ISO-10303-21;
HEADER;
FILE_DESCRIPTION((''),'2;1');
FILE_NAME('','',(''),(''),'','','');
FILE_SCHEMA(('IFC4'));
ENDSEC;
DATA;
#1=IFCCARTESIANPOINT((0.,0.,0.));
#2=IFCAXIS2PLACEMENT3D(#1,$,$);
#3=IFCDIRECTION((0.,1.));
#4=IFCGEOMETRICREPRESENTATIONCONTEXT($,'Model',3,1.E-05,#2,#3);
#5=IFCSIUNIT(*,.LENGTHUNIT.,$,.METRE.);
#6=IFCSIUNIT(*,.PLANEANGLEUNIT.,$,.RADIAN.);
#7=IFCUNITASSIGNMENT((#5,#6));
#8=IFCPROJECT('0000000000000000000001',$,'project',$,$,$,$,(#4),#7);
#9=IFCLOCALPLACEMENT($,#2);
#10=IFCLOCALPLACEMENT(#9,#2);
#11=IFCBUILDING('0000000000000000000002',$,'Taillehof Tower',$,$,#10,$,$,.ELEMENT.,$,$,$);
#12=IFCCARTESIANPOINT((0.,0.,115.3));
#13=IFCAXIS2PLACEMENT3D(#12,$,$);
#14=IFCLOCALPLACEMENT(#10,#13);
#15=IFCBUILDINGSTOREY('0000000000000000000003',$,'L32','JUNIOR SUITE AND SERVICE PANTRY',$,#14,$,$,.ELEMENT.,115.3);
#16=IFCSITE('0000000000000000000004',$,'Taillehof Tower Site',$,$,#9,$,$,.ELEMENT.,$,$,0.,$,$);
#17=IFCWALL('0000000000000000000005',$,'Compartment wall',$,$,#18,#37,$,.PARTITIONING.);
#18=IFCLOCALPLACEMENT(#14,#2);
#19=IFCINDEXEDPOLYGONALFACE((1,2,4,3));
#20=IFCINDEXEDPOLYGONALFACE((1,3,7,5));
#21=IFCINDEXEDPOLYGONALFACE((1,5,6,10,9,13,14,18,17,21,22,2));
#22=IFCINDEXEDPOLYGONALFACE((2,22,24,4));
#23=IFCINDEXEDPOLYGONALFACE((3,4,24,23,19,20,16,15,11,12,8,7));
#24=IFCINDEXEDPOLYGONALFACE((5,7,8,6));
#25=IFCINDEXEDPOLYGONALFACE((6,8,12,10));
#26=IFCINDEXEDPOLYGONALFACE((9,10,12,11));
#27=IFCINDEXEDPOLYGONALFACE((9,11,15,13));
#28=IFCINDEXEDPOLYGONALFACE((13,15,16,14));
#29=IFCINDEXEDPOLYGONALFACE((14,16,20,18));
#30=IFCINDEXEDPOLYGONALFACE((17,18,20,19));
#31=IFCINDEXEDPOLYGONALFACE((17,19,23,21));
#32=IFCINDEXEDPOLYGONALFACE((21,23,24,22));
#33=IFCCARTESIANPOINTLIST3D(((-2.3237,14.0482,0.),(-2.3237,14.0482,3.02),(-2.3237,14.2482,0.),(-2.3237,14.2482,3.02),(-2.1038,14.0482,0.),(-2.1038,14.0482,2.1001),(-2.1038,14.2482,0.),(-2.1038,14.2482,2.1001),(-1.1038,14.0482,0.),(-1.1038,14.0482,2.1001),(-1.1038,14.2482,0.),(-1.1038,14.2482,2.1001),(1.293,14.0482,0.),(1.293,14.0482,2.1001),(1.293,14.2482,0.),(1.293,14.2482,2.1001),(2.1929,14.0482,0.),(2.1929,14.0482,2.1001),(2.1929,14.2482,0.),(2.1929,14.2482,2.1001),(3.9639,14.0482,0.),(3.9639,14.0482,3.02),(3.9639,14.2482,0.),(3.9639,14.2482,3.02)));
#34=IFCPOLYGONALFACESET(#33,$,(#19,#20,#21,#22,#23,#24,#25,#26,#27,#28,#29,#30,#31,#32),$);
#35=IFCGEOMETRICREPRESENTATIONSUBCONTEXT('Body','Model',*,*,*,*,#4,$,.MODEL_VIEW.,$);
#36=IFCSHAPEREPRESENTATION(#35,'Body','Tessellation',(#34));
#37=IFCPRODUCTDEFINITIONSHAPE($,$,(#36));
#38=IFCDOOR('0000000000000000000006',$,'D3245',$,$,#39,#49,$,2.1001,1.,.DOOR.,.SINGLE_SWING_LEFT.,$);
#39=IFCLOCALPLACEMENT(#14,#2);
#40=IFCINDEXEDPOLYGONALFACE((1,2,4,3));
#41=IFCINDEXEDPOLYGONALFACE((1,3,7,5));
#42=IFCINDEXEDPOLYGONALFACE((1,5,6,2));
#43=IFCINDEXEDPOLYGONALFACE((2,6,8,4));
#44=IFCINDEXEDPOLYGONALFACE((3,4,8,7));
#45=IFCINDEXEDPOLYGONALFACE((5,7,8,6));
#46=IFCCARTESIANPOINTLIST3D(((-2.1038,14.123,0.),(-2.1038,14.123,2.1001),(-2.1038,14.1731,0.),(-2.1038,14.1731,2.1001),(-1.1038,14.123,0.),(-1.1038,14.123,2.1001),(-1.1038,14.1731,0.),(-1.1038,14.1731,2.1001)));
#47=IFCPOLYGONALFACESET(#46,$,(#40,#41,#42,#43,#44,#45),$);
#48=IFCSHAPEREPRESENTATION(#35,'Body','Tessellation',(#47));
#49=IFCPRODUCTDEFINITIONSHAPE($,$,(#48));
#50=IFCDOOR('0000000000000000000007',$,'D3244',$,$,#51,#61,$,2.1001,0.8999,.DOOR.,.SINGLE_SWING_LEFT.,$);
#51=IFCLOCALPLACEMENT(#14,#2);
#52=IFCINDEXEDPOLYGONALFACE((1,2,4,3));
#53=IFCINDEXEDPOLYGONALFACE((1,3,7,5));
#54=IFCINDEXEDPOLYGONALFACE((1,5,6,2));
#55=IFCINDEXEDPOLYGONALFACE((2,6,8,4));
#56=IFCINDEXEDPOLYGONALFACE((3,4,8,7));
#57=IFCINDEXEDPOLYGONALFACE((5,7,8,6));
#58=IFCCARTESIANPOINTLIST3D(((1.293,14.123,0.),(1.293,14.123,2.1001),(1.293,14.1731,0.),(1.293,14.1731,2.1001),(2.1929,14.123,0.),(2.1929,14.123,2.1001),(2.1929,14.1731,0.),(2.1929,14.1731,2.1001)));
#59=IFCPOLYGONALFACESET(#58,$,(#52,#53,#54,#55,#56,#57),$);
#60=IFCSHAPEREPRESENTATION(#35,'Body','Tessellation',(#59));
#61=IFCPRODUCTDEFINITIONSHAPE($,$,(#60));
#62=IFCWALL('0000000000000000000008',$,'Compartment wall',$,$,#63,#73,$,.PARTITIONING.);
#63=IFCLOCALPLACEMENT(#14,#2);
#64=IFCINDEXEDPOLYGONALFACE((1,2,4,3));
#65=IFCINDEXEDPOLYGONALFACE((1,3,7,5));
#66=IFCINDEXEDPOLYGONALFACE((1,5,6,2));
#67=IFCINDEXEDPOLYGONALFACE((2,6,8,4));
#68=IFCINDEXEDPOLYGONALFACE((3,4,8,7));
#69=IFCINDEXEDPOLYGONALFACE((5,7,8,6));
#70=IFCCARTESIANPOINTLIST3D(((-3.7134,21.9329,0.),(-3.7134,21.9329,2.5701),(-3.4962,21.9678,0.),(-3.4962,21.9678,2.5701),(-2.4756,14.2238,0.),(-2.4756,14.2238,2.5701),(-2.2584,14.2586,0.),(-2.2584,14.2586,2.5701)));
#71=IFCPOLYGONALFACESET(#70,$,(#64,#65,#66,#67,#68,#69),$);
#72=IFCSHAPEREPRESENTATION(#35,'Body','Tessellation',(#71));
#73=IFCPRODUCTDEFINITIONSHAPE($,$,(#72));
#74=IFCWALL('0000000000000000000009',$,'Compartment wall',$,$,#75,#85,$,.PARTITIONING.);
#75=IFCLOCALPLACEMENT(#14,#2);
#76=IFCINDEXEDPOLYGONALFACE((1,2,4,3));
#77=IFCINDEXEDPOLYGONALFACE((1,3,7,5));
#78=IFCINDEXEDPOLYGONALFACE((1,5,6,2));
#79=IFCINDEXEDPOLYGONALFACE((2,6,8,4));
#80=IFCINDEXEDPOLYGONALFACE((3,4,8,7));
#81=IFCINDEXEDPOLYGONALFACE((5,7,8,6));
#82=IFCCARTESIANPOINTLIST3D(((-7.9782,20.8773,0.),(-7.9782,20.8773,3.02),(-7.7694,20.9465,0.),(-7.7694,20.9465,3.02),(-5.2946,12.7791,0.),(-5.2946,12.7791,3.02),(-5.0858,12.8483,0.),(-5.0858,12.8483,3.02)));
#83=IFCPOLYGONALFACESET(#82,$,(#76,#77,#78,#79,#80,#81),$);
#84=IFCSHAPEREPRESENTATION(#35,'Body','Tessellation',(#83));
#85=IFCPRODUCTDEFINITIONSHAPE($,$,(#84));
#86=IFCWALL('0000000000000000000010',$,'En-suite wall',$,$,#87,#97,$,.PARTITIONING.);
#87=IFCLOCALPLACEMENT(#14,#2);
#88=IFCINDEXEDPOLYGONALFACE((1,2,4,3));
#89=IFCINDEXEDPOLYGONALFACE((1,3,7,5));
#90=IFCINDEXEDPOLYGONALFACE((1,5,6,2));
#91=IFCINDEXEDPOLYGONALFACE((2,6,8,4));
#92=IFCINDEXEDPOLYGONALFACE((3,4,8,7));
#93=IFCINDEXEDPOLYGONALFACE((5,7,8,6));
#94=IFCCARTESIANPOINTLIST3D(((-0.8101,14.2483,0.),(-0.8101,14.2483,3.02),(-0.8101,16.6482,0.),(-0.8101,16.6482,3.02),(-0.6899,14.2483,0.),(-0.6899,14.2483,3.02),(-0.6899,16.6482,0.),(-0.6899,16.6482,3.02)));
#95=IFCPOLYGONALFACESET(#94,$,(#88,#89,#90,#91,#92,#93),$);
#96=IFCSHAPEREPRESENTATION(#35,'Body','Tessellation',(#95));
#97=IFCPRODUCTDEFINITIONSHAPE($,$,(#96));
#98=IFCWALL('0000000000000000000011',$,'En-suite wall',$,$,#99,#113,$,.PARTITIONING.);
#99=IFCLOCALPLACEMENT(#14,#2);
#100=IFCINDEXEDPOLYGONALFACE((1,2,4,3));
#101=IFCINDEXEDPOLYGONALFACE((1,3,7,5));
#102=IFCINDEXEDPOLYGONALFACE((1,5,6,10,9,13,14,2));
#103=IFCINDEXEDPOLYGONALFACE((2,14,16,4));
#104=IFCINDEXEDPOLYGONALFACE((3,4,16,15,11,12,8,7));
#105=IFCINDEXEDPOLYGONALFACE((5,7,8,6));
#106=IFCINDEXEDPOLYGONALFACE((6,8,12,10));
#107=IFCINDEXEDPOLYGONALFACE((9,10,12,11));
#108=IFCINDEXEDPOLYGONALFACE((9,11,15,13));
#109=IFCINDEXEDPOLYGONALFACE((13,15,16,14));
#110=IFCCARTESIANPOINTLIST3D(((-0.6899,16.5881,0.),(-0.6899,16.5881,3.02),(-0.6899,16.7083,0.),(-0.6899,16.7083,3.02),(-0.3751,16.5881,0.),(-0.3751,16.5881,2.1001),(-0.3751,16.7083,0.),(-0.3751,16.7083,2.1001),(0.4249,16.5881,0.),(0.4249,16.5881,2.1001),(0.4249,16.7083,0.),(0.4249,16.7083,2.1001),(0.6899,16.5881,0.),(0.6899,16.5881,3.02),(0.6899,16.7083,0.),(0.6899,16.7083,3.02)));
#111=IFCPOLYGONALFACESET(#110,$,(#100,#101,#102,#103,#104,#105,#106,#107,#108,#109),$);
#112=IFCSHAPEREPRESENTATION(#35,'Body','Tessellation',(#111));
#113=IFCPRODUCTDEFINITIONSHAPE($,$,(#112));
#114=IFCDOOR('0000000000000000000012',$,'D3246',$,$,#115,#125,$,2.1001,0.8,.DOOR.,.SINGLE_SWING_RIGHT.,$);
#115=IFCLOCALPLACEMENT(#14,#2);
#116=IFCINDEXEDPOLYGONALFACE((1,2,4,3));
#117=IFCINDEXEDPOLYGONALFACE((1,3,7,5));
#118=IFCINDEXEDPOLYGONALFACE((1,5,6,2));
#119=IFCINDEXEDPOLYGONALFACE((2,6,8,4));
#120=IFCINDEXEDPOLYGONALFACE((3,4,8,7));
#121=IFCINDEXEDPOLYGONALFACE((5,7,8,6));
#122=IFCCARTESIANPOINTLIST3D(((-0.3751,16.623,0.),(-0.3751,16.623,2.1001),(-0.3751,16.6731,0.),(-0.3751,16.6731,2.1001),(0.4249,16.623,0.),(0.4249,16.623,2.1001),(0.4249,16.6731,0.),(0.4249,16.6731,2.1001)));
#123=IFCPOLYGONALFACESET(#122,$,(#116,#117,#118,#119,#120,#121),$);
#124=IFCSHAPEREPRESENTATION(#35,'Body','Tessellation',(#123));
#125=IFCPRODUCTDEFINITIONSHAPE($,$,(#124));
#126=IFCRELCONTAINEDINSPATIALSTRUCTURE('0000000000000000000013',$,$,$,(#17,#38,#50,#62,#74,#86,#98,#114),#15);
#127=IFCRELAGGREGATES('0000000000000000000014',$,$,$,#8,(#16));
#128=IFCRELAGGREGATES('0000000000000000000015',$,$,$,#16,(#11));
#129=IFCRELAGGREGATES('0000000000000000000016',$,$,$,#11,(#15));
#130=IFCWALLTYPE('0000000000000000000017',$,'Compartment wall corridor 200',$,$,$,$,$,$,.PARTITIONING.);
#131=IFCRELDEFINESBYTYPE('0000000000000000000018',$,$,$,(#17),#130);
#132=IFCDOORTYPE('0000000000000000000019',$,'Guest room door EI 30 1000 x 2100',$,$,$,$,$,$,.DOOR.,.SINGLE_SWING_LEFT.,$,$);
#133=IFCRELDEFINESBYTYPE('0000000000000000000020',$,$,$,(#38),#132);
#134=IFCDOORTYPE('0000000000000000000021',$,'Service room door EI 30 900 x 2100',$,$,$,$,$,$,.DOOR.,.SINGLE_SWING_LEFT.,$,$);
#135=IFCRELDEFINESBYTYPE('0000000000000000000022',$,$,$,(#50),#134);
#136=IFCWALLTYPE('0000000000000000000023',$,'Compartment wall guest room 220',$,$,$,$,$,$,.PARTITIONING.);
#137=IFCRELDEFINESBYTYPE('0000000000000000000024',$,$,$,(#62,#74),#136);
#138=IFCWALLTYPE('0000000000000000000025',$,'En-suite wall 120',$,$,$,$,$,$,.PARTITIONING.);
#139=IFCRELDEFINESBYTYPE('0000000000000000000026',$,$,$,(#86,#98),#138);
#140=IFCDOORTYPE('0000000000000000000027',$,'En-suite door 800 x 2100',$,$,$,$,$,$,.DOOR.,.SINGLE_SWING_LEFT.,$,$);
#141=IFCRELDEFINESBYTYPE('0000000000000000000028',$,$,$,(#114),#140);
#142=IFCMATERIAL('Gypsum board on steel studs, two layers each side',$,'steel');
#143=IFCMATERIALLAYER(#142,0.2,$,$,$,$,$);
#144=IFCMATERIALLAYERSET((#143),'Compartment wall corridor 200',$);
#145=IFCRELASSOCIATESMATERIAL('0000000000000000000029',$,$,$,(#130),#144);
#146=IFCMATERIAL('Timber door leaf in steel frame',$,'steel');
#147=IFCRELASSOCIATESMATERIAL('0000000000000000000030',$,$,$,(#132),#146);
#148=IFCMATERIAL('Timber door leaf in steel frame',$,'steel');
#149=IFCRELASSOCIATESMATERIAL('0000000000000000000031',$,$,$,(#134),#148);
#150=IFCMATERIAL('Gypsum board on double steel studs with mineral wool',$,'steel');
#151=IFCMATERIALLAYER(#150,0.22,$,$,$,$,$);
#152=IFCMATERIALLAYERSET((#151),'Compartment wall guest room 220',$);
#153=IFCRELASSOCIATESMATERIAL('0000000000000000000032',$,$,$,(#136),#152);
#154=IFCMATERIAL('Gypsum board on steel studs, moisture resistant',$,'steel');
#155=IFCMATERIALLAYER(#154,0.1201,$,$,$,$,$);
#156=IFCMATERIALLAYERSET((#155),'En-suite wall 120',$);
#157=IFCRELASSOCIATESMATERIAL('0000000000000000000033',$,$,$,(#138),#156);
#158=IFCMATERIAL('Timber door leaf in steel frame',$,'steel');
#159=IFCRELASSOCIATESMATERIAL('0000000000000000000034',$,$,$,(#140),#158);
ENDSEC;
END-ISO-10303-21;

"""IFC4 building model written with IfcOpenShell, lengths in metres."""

from ifc_helpers import new_model, si_unit, direction, frame, frame_2d, origin, place, context, subcontext, project, spatial, rectangle, extrude, material, layer, layer_set, type_object, element, fill, save


model = new_model("IFC4")

# Units and contexts
model_context = context("Model", 3, precision=1e-05, world=origin(), true_north=direction((0.0, 1.0)))
body_context = subcontext(model_context, "Body", "Model", "MODEL_VIEW")
ifc_project = project(units=[si_unit("LENGTHUNIT", "METRE"), si_unit("PLANEANGLEUNIT", "RADIAN")], contexts=[model_context])

# Site, building, storey
site_placement = place(None, origin())
site = spatial("IfcSite", under=ifc_project, at=site_placement, Name="Taillehof Tower Site", CompositionType="ELEMENT", RefElevation=0.0)
building_placement = place(site_placement, origin())
building = spatial("IfcBuilding", under=site, at=building_placement, Name="Taillehof Tower", CompositionType="ELEMENT")
storey_placement = place(building_placement, frame((0.0, 0.0, 115.3)))
storey = spatial("IfcBuildingStorey", under=building, at=storey_placement, Name="L32", Description="JUNIOR SUITE AND SERVICE PANTRY", CompositionType="ELEMENT", Elevation=115.3)

# Shared definitions
ifc_material_1 = material(Name="Gypsum board on steel studs, two layers each side", Category="steel")
ifc_layer_1 = layer(ifc_material_1, 0.2)
ifc_layer_set_1 = layer_set([ifc_layer_1], Name="Compartment wall corridor 200")
wall_type_1 = type_object("IfcWallType", Name="Compartment wall corridor 200", PredefinedType="PARTITIONING", material=ifc_layer_set_1)

# Wall, openings, doors
wall_1_placement = place(storey_placement, frame((-2.3237, 14.1482, 0.0), z_axis=(0.0, 0.0, 1.0), x_axis=(1.0, 0.0, 0.0)))
wall_1 = element("IfcWall", 1, at=wall_1_placement, inside=storey, type_object=wall_type_1, Name="Compartment wall", PredefinedType="PARTITIONING", context=body_context, shape_type="SweptSolid", body=[
    extrude(rectangle(XDim=6.2876, YDim=0.2, at=frame_2d((3.1438, 0.0))), origin(), (0.0, 0.0, 1.0), 3.02),
])
opening_1_placement = place(wall_1_placement, frame((3.6167, 0.0, 0.0)))
opening_1 = element("IfcOpeningElement", 2, at=opening_1_placement, cuts=wall_1, PredefinedType="OPENING", context=body_context, shape_type="SweptSolid", body=[
    extrude(rectangle(XDim=0.8999, YDim=2.1001, at=frame_2d((0.45, 1.05))), frame((0.0, 0.1099, 0.0), z_axis=(0.0, -1.0, 0.0), x_axis=(1.0, 0.0, 0.0)), (0.0, 0.0, 1.0), 0.22),
])
opening_2_placement = place(wall_1_placement, frame((0.22, 0.0, 0.0)))
opening_2 = element("IfcOpeningElement", 3, at=opening_2_placement, cuts=wall_1, PredefinedType="OPENING", context=body_context, shape_type="SweptSolid", body=[
    extrude(rectangle(XDim=1.0, YDim=2.1001, at=frame_2d((0.5, 1.05))), frame((0.0, 0.1099, 0.0), z_axis=(0.0, -1.0, 0.0), x_axis=(1.0, 0.0, 0.0)), (0.0, 0.0, 1.0), 0.22),
])
ifc_material_2 = material(Name="Timber door leaf in steel frame", Category="steel")
door_type_1 = type_object("IfcDoorType", Name="Guest room door EI 30 1000 x 2100", OperationType="SINGLE_SWING_LEFT", PredefinedType="DOOR", material=ifc_material_2)
door_1_placement = place(opening_2_placement, origin())
door_1 = element("IfcDoor", 4, at=door_1_placement, inside=storey, type_object=door_type_1, Name="D3245", OperationType="SINGLE_SWING_LEFT", OverallHeight=2.1001, OverallWidth=1.0, PredefinedType="DOOR", context=body_context, shape_type="SweptSolid", body=[
    extrude(rectangle(XDim=1.0, YDim=2.1001, at=frame_2d((0.5, 1.05))), frame((0.0, 0.0249, 0.0), z_axis=(0.0, -1.0, 0.0), x_axis=(1.0, 0.0, 0.0)), (0.0, 0.0, 1.0), 0.05),
])
fill(opening_2, door_1)
ifc_material_3 = material(Name="Timber door leaf in steel frame", Category="steel")
door_type_2 = type_object("IfcDoorType", Name="Service room door EI 30 900 x 2100", OperationType="SINGLE_SWING_LEFT", PredefinedType="DOOR", material=ifc_material_3)
door_2_placement = place(opening_1_placement, origin())
door_2 = element("IfcDoor", 5, at=door_2_placement, inside=storey, type_object=door_type_2, Name="D3244", OperationType="SINGLE_SWING_LEFT", OverallHeight=2.1001, OverallWidth=0.8999, PredefinedType="DOOR", context=body_context, shape_type="SweptSolid", body=[
    extrude(rectangle(XDim=0.8999, YDim=2.1001, at=frame_2d((0.45, 1.05))), frame((0.0, 0.0249, 0.0), z_axis=(0.0, -1.0, 0.0), x_axis=(1.0, 0.0, 0.0)), (0.0, 0.0, 1.0), 0.05),
])
fill(opening_1, door_2)

# Walls
ifc_material_4 = material(Name="Gypsum board on double steel studs with mineral wool", Category="steel")
ifc_layer_2 = layer(ifc_material_4, 0.22)
ifc_layer_set_2 = layer_set([ifc_layer_2], Name="Compartment wall guest room 220")
wall_type_2 = type_object("IfcWallType", Name="Compartment wall guest room 220", PredefinedType="PARTITIONING", material=ifc_layer_set_2)
wall_2_placement = place(storey_placement, frame((-3.6047, 21.9502, 0.0), z_axis=(0.0, 0.0, 1.0), x_axis=(0.158529, -0.987354, 0.0)))
element("IfcWall", 6, at=wall_2_placement, inside=storey, type_object=wall_type_2, Name="Compartment wall", PredefinedType="PARTITIONING", context=body_context, shape_type="SweptSolid", body=[
    extrude(rectangle(XDim=7.8079, YDim=0.22, at=frame_2d((3.9038, 0.0))), origin(), (0.0, 0.0, 1.0), 2.5701),
])
wall_3_placement = place(storey_placement, frame((-7.8738, 20.9119, 0.0), z_axis=(0.0, 0.0, 1.0), x_axis=(0.314562, -0.949237, 0.0)))
element("IfcWall", 7, at=wall_3_placement, inside=storey, type_object=wall_type_2, Name="Compartment wall", PredefinedType="PARTITIONING", context=body_context, shape_type="SweptSolid", body=[
    extrude(rectangle(XDim=8.5312, YDim=0.22, at=frame_2d((4.2656, 0.0))), origin(), (0.0, 0.0, 1.0), 3.02),
])
ifc_material_5 = material(Name="Gypsum board on steel studs, moisture resistant", Category="steel")
ifc_layer_3 = layer(ifc_material_5, 0.1201)
ifc_layer_set_3 = layer_set([ifc_layer_3], Name="En-suite wall 120")
wall_type_3 = type_object("IfcWallType", Name="En-suite wall 120", PredefinedType="PARTITIONING", material=ifc_layer_set_3)
wall_4_placement = place(storey_placement, frame((-0.75, 14.2483, 0.0), z_axis=(0.0, 0.0, 1.0), x_axis=(0.0, 1.0, 0.0)))
element("IfcWall", 8, at=wall_4_placement, inside=storey, type_object=wall_type_3, Name="En-suite wall", PredefinedType="PARTITIONING", context=body_context, shape_type="SweptSolid", body=[
    extrude(rectangle(XDim=2.3999, YDim=0.1201, at=frame_2d((1.2, 0.0))), origin(), (0.0, 0.0, 1.0), 3.02),
])

# Wall, opening, door
wall_5_placement = place(storey_placement, frame((-0.6899, 16.6482, 0.0), z_axis=(0.0, 0.0, 1.0), x_axis=(1.0, 0.0, 0.0)))
wall_5 = element("IfcWall", 9, at=wall_5_placement, inside=storey, type_object=wall_type_3, Name="En-suite wall", PredefinedType="PARTITIONING", context=body_context, shape_type="SweptSolid", body=[
    extrude(rectangle(XDim=1.3799, YDim=0.1201, at=frame_2d((0.6899, 0.0))), origin(), (0.0, 0.0, 1.0), 3.02),
])
opening_3_placement = place(wall_5_placement, frame((0.3149, 0.0, 0.0)))
opening_3 = element("IfcOpeningElement", 10, at=opening_3_placement, cuts=wall_5, PredefinedType="OPENING", context=body_context, shape_type="SweptSolid", body=[
    extrude(rectangle(XDim=0.8, YDim=2.1001, at=frame_2d((0.3999, 1.05))), frame((0.0, 0.0701, 0.0), z_axis=(0.0, -1.0, 0.0), x_axis=(1.0, 0.0, 0.0)), (0.0, 0.0, 1.0), 0.1401),
])
ifc_material_6 = material(Name="Timber door leaf in steel frame", Category="steel")
door_type_3 = type_object("IfcDoorType", Name="En-suite door 800 x 2100", OperationType="SINGLE_SWING_LEFT", PredefinedType="DOOR", material=ifc_material_6)
door_3_placement = place(opening_3_placement, origin())
door_3 = element("IfcDoor", 11, at=door_3_placement, inside=storey, type_object=door_type_3, Name="D3246", OperationType="SINGLE_SWING_RIGHT", OverallHeight=2.1001, OverallWidth=0.8, PredefinedType="DOOR", context=body_context, shape_type="SweptSolid", body=[
    extrude(rectangle(XDim=0.8, YDim=2.1001, at=frame_2d((0.3999, 1.05))), frame((0.0, 0.0249, 0.0), z_axis=(0.0, -1.0, 0.0), x_axis=(1.0, 0.0, 0.0)), (0.0, 0.0, 1.0), 0.05),
])
fill(opening_3, door_3)

save(model, "model.ifc")
